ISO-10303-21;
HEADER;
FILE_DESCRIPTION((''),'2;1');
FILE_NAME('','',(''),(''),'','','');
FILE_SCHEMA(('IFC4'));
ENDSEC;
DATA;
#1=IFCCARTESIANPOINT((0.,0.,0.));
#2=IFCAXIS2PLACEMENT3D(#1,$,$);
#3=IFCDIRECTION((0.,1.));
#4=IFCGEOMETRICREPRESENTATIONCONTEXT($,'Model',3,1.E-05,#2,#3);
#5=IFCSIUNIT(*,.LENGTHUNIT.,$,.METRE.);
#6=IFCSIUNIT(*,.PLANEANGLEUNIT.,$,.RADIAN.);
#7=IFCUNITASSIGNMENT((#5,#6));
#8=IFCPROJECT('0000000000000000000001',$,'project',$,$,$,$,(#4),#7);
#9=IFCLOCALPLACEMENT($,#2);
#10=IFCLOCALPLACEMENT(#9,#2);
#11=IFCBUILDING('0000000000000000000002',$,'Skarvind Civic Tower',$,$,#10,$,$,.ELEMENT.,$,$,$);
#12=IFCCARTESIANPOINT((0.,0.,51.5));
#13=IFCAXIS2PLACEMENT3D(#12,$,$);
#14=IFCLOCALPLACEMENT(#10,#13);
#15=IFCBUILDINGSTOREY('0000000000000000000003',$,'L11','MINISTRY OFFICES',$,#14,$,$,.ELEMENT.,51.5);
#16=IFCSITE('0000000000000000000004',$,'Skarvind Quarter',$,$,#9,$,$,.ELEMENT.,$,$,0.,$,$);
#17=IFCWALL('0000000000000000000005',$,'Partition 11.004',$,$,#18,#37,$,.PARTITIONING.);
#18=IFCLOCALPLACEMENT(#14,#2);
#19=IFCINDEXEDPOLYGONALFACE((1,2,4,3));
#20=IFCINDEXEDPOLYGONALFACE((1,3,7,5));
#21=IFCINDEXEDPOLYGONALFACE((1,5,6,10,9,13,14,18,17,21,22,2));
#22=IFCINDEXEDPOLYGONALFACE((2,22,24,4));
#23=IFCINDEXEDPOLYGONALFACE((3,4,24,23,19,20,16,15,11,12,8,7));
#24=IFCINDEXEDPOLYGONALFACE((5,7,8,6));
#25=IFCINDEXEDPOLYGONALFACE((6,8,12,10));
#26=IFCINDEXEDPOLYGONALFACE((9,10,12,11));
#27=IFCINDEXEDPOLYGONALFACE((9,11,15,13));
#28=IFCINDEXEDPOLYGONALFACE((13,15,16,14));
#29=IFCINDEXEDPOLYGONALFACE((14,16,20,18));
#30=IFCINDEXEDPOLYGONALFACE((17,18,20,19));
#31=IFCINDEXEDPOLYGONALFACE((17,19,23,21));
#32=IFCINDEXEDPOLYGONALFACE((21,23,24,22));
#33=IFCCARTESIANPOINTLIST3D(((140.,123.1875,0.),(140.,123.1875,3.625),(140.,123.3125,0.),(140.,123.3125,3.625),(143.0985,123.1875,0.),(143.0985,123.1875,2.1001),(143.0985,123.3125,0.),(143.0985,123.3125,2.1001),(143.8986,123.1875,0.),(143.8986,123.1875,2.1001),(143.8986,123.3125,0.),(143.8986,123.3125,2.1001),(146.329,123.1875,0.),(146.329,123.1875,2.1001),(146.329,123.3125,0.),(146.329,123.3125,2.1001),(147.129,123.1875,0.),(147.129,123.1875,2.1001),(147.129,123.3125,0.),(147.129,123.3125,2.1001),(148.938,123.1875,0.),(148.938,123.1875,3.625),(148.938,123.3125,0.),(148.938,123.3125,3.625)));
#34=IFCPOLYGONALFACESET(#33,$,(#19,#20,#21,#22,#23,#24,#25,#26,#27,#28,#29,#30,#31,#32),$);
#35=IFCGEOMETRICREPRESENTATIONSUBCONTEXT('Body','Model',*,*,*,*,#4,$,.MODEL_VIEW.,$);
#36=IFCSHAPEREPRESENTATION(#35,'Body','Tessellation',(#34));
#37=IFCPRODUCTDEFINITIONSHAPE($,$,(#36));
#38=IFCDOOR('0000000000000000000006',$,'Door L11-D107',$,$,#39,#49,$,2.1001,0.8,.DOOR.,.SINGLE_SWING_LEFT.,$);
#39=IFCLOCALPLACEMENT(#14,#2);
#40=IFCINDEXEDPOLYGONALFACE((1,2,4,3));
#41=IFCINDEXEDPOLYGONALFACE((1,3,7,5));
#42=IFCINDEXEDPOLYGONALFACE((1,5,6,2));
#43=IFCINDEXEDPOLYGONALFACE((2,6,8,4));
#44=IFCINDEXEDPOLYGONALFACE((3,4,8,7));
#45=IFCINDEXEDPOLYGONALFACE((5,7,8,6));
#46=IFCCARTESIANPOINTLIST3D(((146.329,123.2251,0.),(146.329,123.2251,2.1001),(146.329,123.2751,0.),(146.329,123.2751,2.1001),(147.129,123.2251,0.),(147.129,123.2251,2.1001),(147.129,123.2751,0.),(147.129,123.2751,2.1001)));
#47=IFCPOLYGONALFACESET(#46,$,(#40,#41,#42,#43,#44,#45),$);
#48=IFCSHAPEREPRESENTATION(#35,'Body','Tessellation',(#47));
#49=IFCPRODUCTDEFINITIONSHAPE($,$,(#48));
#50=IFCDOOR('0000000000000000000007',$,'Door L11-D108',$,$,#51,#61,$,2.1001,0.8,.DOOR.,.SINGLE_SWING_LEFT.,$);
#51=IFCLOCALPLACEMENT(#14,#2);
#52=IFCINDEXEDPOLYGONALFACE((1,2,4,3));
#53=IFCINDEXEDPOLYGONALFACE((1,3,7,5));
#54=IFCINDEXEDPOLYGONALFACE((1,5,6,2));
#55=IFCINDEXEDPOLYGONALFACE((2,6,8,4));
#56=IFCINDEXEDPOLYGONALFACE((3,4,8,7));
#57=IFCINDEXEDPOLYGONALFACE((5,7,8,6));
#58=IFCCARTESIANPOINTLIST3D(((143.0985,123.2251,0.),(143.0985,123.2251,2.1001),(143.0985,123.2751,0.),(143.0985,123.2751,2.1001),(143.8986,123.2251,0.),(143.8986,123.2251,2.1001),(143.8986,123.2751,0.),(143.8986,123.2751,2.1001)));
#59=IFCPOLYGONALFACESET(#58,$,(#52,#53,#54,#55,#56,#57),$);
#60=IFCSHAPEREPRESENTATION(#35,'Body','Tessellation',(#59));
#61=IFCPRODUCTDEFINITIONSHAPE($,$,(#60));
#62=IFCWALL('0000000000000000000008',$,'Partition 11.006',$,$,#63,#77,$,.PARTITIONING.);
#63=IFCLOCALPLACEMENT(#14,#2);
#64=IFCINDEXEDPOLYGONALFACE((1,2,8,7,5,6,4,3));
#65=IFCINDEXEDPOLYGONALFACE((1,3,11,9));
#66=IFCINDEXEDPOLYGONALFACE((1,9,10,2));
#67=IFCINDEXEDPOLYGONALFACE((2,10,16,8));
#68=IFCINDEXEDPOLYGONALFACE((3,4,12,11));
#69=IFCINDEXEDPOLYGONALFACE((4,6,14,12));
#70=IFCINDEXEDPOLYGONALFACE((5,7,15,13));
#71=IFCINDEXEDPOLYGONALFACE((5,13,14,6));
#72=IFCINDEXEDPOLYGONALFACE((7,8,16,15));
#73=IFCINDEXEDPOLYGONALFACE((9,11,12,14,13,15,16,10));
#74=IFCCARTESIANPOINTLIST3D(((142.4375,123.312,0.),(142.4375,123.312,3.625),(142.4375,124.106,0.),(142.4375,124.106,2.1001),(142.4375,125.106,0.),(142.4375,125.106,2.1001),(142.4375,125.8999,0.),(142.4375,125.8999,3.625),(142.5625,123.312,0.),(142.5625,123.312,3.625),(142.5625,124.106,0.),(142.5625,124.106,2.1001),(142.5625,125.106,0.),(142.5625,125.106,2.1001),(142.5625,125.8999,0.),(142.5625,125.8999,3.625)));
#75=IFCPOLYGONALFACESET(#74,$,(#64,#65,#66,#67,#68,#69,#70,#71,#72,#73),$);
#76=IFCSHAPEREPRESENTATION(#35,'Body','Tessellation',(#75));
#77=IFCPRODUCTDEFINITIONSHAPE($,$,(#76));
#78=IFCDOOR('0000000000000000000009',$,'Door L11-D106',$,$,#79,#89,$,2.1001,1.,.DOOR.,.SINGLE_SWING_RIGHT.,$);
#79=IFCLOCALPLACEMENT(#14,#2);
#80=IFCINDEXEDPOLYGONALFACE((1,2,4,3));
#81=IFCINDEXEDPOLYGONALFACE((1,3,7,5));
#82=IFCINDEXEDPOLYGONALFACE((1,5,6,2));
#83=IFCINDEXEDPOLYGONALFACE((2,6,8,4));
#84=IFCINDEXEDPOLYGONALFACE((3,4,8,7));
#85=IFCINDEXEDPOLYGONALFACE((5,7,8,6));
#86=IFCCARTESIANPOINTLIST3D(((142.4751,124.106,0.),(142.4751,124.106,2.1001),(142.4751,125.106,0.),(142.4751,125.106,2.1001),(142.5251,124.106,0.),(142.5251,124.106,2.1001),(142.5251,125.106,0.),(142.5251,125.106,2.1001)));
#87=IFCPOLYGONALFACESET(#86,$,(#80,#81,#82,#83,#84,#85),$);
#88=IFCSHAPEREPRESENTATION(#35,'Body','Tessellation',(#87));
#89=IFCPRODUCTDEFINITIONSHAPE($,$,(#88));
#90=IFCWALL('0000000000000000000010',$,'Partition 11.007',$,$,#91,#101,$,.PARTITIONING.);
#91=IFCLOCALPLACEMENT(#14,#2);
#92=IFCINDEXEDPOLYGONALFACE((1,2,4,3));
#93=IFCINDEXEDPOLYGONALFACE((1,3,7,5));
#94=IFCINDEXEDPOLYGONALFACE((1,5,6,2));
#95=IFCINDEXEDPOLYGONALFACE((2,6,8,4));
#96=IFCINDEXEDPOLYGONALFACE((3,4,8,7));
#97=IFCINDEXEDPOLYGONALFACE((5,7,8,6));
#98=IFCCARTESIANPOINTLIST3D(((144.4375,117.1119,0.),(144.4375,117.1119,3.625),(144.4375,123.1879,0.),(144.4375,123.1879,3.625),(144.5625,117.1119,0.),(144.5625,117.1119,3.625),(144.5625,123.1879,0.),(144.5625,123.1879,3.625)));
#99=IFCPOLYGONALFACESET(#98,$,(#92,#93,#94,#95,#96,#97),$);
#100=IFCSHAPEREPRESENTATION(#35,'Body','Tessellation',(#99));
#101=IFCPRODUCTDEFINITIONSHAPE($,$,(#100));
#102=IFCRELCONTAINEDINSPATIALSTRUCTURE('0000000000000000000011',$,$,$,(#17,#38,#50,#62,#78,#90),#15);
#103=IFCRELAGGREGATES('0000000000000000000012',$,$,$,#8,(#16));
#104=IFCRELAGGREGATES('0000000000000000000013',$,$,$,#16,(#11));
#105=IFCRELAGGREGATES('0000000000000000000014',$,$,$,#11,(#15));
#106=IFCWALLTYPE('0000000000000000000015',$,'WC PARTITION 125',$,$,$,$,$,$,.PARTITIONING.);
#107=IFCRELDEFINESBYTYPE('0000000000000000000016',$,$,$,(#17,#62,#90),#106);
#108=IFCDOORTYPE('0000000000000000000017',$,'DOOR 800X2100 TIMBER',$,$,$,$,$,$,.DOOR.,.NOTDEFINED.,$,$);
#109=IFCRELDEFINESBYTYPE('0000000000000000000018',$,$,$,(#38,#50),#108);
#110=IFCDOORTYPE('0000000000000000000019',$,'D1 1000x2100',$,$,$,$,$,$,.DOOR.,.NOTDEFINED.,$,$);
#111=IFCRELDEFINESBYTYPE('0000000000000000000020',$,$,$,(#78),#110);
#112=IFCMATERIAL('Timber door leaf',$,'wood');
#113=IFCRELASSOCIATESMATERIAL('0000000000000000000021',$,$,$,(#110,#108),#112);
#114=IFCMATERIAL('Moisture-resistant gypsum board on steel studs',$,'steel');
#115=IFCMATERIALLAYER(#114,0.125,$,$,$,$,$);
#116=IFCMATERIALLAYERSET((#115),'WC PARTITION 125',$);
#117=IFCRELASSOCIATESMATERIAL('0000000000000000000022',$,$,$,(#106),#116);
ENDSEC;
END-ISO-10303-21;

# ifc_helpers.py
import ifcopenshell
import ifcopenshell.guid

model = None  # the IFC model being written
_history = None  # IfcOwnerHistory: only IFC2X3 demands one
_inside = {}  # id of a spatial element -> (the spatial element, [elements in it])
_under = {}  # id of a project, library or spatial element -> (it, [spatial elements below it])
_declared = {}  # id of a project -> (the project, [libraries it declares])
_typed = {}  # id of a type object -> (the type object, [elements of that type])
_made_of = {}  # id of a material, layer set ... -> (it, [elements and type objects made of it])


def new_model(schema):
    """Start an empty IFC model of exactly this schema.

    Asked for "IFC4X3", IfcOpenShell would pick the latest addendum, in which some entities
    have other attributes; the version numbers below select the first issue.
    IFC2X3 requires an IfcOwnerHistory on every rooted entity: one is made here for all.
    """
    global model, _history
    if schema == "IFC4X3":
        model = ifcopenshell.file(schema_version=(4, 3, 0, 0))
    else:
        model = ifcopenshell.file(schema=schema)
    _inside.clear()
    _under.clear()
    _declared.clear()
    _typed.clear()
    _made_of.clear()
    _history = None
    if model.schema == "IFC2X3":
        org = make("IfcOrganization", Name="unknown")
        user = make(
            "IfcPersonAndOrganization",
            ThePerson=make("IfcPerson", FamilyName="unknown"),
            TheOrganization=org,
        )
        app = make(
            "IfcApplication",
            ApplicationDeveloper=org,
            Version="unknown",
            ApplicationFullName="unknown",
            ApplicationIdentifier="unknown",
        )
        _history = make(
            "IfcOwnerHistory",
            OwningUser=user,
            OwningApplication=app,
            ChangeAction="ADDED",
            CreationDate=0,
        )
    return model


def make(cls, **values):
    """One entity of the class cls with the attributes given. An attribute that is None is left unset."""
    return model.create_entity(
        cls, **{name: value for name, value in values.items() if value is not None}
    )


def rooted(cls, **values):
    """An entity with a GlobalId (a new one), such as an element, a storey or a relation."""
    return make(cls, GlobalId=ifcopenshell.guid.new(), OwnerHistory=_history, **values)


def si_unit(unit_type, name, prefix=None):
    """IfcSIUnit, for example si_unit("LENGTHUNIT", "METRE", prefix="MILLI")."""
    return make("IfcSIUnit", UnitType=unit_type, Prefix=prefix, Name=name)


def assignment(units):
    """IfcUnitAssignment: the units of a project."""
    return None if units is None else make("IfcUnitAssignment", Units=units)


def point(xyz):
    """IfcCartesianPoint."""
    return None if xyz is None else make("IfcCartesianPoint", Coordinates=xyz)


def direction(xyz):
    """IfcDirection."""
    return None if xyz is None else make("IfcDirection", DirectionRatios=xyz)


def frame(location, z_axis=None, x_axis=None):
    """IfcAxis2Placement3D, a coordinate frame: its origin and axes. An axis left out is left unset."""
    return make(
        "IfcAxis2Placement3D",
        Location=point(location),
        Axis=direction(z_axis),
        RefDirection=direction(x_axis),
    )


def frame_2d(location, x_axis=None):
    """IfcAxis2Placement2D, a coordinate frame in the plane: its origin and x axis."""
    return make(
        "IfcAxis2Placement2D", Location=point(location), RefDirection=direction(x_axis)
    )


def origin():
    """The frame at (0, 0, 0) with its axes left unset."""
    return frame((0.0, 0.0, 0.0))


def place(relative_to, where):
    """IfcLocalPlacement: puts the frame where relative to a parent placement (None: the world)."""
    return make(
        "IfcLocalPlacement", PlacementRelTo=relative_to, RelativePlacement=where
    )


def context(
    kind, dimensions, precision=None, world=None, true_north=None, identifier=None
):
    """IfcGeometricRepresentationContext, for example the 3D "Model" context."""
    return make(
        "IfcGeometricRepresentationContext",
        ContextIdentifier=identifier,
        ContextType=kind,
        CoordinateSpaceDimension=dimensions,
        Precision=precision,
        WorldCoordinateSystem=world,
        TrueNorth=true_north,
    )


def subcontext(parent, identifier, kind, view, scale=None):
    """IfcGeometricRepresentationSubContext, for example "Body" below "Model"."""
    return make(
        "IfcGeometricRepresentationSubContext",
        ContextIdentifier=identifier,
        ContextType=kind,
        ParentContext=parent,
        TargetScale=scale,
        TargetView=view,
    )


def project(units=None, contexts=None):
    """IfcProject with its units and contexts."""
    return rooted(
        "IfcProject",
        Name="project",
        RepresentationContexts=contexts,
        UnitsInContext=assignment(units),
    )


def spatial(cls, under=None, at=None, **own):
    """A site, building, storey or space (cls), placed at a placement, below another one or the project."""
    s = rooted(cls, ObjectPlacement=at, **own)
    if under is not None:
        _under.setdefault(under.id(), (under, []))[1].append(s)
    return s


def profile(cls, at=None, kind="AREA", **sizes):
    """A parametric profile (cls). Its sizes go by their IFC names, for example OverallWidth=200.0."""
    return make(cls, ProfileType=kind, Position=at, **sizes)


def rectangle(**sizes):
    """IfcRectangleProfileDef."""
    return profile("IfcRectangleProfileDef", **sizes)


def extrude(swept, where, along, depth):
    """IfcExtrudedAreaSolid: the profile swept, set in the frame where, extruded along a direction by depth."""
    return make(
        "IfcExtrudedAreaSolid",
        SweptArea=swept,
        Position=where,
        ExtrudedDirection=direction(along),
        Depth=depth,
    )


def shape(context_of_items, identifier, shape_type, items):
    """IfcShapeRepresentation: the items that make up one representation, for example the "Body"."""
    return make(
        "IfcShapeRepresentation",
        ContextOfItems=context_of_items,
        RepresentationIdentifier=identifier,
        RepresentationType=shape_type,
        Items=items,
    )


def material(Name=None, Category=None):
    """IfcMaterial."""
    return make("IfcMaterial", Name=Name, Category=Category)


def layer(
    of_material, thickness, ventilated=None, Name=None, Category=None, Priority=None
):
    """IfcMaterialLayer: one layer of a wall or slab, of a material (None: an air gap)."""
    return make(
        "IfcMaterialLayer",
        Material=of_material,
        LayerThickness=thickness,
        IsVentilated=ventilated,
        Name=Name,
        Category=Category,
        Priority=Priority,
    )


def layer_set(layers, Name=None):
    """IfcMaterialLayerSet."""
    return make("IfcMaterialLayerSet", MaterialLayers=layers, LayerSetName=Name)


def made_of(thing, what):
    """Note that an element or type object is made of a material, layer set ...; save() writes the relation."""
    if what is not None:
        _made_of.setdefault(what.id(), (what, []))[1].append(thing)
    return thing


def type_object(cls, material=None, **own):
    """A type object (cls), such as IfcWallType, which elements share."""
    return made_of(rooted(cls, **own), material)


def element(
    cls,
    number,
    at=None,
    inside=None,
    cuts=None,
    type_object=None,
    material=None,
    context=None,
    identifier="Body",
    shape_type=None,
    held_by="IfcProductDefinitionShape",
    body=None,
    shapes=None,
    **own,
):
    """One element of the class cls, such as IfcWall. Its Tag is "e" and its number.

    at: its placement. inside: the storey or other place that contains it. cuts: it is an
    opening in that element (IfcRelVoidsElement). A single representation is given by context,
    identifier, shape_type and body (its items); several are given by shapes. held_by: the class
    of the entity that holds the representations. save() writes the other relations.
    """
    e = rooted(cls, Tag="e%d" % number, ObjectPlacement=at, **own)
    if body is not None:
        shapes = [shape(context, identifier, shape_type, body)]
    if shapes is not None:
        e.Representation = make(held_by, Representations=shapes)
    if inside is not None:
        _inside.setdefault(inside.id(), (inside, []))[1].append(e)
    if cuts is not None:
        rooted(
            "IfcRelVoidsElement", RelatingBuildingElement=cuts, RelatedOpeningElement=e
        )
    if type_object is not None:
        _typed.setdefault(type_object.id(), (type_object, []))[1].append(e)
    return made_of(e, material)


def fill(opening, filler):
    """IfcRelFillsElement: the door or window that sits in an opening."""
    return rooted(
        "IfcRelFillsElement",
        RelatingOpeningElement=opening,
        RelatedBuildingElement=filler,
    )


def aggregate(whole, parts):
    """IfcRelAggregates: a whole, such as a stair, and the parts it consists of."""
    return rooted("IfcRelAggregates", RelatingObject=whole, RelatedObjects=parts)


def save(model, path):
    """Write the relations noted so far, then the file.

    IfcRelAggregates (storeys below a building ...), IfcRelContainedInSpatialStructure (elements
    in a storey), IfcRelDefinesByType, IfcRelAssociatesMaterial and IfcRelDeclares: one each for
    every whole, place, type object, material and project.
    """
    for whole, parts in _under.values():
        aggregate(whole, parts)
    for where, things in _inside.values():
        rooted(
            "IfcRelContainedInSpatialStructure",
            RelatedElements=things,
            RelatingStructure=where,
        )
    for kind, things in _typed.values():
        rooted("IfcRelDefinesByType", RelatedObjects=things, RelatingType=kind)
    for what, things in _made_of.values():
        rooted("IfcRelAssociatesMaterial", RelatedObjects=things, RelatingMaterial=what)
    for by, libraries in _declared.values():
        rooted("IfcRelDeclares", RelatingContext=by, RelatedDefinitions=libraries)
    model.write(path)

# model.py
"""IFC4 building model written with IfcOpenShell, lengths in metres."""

from ifc_helpers import new_model, si_unit, direction, frame, frame_2d, origin, place, context, subcontext, project, spatial, rectangle, extrude, material, layer, layer_set, type_object, element, fill, save


model = new_model("IFC4")

# Units and contexts
model_context = context("Model", 3, precision=1e-05, world=origin(), true_north=direction((0.0, 1.0)))
body_context = subcontext(model_context, "Body", "Model", "MODEL_VIEW")
ifc_project = project(units=[si_unit("LENGTHUNIT", "METRE"), si_unit("PLANEANGLEUNIT", "RADIAN")], contexts=[model_context])

# Site, building, storey
site_placement = place(None, origin())
site = spatial("IfcSite", under=ifc_project, at=site_placement, Name="Skarvind Quarter", CompositionType="ELEMENT", RefElevation=0.0)
building_placement = place(site_placement, origin())
building = spatial("IfcBuilding", under=site, at=building_placement, Name="Skarvind Civic Tower", CompositionType="ELEMENT")
storey_placement = place(building_placement, frame((0.0, 0.0, 51.5)))
storey = spatial("IfcBuildingStorey", under=building, at=storey_placement, Name="L11", Description="MINISTRY OFFICES", CompositionType="ELEMENT", Elevation=51.5)

# Shared definitions
ifc_material_1 = material(Name="Timber door leaf", Category="wood")
door_type_1 = type_object("IfcDoorType", Name="D1 1000x2100", OperationType="NOTDEFINED", PredefinedType="DOOR", material=ifc_material_1)

# Wall, openings, doors
ifc_material_2 = material(Name="Moisture-resistant gypsum board on steel studs", Category="steel")
ifc_layer_1 = layer(ifc_material_2, 0.125)
ifc_layer_set_1 = layer_set([ifc_layer_1], Name="WC PARTITION 125")
wall_type_1 = type_object("IfcWallType", Name="WC PARTITION 125", PredefinedType="PARTITIONING", material=ifc_layer_set_1)
wall_1_placement = place(storey_placement, frame((148.938, 123.25, 0.0), z_axis=(0.0, 0.0, 1.0), x_axis=(-1.0, 0.0, 0.0)))
wall_1 = element("IfcWall", 1, at=wall_1_placement, inside=storey, type_object=wall_type_1, Name="Partition 11.004", PredefinedType="PARTITIONING", context=body_context, shape_type="SweptSolid", body=[
    extrude(rectangle(XDim=8.938, YDim=0.125, at=frame_2d((4.469, 0.0))), origin(), (0.0, 0.0, 1.0), 3.625),
])
opening_1_placement = place(wall_1_placement, frame((1.8091, 0.0, 0.0)))
opening_1 = element("IfcOpeningElement", 2, at=opening_1_placement, cuts=wall_1, PredefinedType="OPENING", context=body_context, shape_type="SweptSolid", body=[
    extrude(rectangle(XDim=0.8, YDim=2.1001, at=frame_2d((0.3999, 1.05))), frame((0.0, 0.0725, 0.0), z_axis=(0.0, -1.0, 0.0), x_axis=(1.0, 0.0, 0.0)), (0.0, 0.0, 1.0), 0.145),
])
opening_2_placement = place(wall_1_placement, frame((5.0396, 0.0, 0.0)))
opening_2 = element("IfcOpeningElement", 3, at=opening_2_placement, cuts=wall_1, PredefinedType="OPENING", context=body_context, shape_type="SweptSolid", body=[
    extrude(rectangle(XDim=0.8, YDim=2.1001, at=frame_2d((0.3999, 1.05))), frame((0.0, 0.0725, 0.0), z_axis=(0.0, -1.0, 0.0), x_axis=(1.0, 0.0, 0.0)), (0.0, 0.0, 1.0), 0.145),
])
door_type_2 = type_object("IfcDoorType", Name="DOOR 800X2100 TIMBER", OperationType="NOTDEFINED", PredefinedType="DOOR", material=ifc_material_1)
door_1_placement = place(opening_1_placement, origin())
door_1 = element("IfcDoor", 4, at=door_1_placement, inside=storey, type_object=door_type_2, Name="Door L11-D107", OperationType="SINGLE_SWING_LEFT", OverallHeight=2.1001, OverallWidth=0.8, PredefinedType="DOOR", context=body_context, shape_type="SweptSolid", body=[
    extrude(rectangle(XDim=0.8, YDim=2.1001, at=frame_2d((0.3999, 1.05))), frame((0.0, 0.0249, 0.0), z_axis=(0.0, -1.0, 0.0), x_axis=(1.0, 0.0, 0.0)), (0.0, 0.0, 1.0), 0.05),
])
fill(opening_1, door_1)
door_2_placement = place(opening_2_placement, origin())
door_2 = element("IfcDoor", 5, at=door_2_placement, inside=storey, type_object=door_type_2, Name="Door L11-D108", OperationType="SINGLE_SWING_LEFT", OverallHeight=2.1001, OverallWidth=0.8, PredefinedType="DOOR", context=body_context, shape_type="SweptSolid", body=[
    extrude(rectangle(XDim=0.8, YDim=2.1001, at=frame_2d((0.3999, 1.05))), frame((0.0, 0.0249, 0.0), z_axis=(0.0, -1.0, 0.0), x_axis=(1.0, 0.0, 0.0)), (0.0, 0.0, 1.0), 0.05),
])
fill(opening_2, door_2)

# Wall, opening, door
wall_2_placement = place(storey_placement, frame((142.5, 123.312, 0.0), z_axis=(0.0, 0.0, 1.0), x_axis=(0.0, 1.0, 0.0)))
wall_2 = element("IfcWall", 6, at=wall_2_placement, inside=storey, type_object=wall_type_1, Name="Partition 11.006", PredefinedType="PARTITIONING", context=body_context, shape_type="SweptSolid", body=[
    extrude(rectangle(XDim=2.5879, YDim=0.125, at=frame_2d((1.2939, 0.0))), origin(), (0.0, 0.0, 1.0), 3.625),
])
opening_3_placement = place(wall_2_placement, frame((0.7939, 0.0, 0.0)))
opening_3 = element("IfcOpeningElement", 7, at=opening_3_placement, cuts=wall_2, PredefinedType="OPENING", context=body_context, shape_type="SweptSolid", body=[
    extrude(rectangle(XDim=1.0, YDim=2.1001, at=frame_2d((0.5, 1.05))), frame((0.0, 0.0725, 0.0), z_axis=(0.0, -1.0, 0.0), x_axis=(1.0, 0.0, 0.0)), (0.0, 0.0, 1.0), 0.145),
])
door_3_placement = place(opening_3_placement, origin())
door_3 = element("IfcDoor", 8, at=door_3_placement, inside=storey, type_object=door_type_1, Name="Door L11-D106", OperationType="SINGLE_SWING_RIGHT", OverallHeight=2.1001, OverallWidth=1.0, PredefinedType="DOOR", context=body_context, shape_type="SweptSolid", body=[
    extrude(rectangle(XDim=1.0, YDim=2.1001, at=frame_2d((0.5, 1.05))), frame((0.0, 0.0249, 0.0), z_axis=(0.0, -1.0, 0.0), x_axis=(1.0, 0.0, 0.0)), (0.0, 0.0, 1.0), 0.05),
])
fill(opening_3, door_3)

# Wall
wall_3_placement = place(storey_placement, frame((144.5, 123.188, 0.0), z_axis=(0.0, 0.0, 1.0), x_axis=(0.0, -1.0, 0.0)))
element("IfcWall", 9, at=wall_3_placement, inside=storey, type_object=wall_type_1, Name="Partition 11.007", PredefinedType="PARTITIONING", context=body_context, shape_type="SweptSolid", body=[
    extrude(rectangle(XDim=6.0759, YDim=0.125, at=frame_2d((3.0381, 0.0))), origin(), (0.0, 0.0, 1.0), 3.625),
])

save(model, "model.ifc")
